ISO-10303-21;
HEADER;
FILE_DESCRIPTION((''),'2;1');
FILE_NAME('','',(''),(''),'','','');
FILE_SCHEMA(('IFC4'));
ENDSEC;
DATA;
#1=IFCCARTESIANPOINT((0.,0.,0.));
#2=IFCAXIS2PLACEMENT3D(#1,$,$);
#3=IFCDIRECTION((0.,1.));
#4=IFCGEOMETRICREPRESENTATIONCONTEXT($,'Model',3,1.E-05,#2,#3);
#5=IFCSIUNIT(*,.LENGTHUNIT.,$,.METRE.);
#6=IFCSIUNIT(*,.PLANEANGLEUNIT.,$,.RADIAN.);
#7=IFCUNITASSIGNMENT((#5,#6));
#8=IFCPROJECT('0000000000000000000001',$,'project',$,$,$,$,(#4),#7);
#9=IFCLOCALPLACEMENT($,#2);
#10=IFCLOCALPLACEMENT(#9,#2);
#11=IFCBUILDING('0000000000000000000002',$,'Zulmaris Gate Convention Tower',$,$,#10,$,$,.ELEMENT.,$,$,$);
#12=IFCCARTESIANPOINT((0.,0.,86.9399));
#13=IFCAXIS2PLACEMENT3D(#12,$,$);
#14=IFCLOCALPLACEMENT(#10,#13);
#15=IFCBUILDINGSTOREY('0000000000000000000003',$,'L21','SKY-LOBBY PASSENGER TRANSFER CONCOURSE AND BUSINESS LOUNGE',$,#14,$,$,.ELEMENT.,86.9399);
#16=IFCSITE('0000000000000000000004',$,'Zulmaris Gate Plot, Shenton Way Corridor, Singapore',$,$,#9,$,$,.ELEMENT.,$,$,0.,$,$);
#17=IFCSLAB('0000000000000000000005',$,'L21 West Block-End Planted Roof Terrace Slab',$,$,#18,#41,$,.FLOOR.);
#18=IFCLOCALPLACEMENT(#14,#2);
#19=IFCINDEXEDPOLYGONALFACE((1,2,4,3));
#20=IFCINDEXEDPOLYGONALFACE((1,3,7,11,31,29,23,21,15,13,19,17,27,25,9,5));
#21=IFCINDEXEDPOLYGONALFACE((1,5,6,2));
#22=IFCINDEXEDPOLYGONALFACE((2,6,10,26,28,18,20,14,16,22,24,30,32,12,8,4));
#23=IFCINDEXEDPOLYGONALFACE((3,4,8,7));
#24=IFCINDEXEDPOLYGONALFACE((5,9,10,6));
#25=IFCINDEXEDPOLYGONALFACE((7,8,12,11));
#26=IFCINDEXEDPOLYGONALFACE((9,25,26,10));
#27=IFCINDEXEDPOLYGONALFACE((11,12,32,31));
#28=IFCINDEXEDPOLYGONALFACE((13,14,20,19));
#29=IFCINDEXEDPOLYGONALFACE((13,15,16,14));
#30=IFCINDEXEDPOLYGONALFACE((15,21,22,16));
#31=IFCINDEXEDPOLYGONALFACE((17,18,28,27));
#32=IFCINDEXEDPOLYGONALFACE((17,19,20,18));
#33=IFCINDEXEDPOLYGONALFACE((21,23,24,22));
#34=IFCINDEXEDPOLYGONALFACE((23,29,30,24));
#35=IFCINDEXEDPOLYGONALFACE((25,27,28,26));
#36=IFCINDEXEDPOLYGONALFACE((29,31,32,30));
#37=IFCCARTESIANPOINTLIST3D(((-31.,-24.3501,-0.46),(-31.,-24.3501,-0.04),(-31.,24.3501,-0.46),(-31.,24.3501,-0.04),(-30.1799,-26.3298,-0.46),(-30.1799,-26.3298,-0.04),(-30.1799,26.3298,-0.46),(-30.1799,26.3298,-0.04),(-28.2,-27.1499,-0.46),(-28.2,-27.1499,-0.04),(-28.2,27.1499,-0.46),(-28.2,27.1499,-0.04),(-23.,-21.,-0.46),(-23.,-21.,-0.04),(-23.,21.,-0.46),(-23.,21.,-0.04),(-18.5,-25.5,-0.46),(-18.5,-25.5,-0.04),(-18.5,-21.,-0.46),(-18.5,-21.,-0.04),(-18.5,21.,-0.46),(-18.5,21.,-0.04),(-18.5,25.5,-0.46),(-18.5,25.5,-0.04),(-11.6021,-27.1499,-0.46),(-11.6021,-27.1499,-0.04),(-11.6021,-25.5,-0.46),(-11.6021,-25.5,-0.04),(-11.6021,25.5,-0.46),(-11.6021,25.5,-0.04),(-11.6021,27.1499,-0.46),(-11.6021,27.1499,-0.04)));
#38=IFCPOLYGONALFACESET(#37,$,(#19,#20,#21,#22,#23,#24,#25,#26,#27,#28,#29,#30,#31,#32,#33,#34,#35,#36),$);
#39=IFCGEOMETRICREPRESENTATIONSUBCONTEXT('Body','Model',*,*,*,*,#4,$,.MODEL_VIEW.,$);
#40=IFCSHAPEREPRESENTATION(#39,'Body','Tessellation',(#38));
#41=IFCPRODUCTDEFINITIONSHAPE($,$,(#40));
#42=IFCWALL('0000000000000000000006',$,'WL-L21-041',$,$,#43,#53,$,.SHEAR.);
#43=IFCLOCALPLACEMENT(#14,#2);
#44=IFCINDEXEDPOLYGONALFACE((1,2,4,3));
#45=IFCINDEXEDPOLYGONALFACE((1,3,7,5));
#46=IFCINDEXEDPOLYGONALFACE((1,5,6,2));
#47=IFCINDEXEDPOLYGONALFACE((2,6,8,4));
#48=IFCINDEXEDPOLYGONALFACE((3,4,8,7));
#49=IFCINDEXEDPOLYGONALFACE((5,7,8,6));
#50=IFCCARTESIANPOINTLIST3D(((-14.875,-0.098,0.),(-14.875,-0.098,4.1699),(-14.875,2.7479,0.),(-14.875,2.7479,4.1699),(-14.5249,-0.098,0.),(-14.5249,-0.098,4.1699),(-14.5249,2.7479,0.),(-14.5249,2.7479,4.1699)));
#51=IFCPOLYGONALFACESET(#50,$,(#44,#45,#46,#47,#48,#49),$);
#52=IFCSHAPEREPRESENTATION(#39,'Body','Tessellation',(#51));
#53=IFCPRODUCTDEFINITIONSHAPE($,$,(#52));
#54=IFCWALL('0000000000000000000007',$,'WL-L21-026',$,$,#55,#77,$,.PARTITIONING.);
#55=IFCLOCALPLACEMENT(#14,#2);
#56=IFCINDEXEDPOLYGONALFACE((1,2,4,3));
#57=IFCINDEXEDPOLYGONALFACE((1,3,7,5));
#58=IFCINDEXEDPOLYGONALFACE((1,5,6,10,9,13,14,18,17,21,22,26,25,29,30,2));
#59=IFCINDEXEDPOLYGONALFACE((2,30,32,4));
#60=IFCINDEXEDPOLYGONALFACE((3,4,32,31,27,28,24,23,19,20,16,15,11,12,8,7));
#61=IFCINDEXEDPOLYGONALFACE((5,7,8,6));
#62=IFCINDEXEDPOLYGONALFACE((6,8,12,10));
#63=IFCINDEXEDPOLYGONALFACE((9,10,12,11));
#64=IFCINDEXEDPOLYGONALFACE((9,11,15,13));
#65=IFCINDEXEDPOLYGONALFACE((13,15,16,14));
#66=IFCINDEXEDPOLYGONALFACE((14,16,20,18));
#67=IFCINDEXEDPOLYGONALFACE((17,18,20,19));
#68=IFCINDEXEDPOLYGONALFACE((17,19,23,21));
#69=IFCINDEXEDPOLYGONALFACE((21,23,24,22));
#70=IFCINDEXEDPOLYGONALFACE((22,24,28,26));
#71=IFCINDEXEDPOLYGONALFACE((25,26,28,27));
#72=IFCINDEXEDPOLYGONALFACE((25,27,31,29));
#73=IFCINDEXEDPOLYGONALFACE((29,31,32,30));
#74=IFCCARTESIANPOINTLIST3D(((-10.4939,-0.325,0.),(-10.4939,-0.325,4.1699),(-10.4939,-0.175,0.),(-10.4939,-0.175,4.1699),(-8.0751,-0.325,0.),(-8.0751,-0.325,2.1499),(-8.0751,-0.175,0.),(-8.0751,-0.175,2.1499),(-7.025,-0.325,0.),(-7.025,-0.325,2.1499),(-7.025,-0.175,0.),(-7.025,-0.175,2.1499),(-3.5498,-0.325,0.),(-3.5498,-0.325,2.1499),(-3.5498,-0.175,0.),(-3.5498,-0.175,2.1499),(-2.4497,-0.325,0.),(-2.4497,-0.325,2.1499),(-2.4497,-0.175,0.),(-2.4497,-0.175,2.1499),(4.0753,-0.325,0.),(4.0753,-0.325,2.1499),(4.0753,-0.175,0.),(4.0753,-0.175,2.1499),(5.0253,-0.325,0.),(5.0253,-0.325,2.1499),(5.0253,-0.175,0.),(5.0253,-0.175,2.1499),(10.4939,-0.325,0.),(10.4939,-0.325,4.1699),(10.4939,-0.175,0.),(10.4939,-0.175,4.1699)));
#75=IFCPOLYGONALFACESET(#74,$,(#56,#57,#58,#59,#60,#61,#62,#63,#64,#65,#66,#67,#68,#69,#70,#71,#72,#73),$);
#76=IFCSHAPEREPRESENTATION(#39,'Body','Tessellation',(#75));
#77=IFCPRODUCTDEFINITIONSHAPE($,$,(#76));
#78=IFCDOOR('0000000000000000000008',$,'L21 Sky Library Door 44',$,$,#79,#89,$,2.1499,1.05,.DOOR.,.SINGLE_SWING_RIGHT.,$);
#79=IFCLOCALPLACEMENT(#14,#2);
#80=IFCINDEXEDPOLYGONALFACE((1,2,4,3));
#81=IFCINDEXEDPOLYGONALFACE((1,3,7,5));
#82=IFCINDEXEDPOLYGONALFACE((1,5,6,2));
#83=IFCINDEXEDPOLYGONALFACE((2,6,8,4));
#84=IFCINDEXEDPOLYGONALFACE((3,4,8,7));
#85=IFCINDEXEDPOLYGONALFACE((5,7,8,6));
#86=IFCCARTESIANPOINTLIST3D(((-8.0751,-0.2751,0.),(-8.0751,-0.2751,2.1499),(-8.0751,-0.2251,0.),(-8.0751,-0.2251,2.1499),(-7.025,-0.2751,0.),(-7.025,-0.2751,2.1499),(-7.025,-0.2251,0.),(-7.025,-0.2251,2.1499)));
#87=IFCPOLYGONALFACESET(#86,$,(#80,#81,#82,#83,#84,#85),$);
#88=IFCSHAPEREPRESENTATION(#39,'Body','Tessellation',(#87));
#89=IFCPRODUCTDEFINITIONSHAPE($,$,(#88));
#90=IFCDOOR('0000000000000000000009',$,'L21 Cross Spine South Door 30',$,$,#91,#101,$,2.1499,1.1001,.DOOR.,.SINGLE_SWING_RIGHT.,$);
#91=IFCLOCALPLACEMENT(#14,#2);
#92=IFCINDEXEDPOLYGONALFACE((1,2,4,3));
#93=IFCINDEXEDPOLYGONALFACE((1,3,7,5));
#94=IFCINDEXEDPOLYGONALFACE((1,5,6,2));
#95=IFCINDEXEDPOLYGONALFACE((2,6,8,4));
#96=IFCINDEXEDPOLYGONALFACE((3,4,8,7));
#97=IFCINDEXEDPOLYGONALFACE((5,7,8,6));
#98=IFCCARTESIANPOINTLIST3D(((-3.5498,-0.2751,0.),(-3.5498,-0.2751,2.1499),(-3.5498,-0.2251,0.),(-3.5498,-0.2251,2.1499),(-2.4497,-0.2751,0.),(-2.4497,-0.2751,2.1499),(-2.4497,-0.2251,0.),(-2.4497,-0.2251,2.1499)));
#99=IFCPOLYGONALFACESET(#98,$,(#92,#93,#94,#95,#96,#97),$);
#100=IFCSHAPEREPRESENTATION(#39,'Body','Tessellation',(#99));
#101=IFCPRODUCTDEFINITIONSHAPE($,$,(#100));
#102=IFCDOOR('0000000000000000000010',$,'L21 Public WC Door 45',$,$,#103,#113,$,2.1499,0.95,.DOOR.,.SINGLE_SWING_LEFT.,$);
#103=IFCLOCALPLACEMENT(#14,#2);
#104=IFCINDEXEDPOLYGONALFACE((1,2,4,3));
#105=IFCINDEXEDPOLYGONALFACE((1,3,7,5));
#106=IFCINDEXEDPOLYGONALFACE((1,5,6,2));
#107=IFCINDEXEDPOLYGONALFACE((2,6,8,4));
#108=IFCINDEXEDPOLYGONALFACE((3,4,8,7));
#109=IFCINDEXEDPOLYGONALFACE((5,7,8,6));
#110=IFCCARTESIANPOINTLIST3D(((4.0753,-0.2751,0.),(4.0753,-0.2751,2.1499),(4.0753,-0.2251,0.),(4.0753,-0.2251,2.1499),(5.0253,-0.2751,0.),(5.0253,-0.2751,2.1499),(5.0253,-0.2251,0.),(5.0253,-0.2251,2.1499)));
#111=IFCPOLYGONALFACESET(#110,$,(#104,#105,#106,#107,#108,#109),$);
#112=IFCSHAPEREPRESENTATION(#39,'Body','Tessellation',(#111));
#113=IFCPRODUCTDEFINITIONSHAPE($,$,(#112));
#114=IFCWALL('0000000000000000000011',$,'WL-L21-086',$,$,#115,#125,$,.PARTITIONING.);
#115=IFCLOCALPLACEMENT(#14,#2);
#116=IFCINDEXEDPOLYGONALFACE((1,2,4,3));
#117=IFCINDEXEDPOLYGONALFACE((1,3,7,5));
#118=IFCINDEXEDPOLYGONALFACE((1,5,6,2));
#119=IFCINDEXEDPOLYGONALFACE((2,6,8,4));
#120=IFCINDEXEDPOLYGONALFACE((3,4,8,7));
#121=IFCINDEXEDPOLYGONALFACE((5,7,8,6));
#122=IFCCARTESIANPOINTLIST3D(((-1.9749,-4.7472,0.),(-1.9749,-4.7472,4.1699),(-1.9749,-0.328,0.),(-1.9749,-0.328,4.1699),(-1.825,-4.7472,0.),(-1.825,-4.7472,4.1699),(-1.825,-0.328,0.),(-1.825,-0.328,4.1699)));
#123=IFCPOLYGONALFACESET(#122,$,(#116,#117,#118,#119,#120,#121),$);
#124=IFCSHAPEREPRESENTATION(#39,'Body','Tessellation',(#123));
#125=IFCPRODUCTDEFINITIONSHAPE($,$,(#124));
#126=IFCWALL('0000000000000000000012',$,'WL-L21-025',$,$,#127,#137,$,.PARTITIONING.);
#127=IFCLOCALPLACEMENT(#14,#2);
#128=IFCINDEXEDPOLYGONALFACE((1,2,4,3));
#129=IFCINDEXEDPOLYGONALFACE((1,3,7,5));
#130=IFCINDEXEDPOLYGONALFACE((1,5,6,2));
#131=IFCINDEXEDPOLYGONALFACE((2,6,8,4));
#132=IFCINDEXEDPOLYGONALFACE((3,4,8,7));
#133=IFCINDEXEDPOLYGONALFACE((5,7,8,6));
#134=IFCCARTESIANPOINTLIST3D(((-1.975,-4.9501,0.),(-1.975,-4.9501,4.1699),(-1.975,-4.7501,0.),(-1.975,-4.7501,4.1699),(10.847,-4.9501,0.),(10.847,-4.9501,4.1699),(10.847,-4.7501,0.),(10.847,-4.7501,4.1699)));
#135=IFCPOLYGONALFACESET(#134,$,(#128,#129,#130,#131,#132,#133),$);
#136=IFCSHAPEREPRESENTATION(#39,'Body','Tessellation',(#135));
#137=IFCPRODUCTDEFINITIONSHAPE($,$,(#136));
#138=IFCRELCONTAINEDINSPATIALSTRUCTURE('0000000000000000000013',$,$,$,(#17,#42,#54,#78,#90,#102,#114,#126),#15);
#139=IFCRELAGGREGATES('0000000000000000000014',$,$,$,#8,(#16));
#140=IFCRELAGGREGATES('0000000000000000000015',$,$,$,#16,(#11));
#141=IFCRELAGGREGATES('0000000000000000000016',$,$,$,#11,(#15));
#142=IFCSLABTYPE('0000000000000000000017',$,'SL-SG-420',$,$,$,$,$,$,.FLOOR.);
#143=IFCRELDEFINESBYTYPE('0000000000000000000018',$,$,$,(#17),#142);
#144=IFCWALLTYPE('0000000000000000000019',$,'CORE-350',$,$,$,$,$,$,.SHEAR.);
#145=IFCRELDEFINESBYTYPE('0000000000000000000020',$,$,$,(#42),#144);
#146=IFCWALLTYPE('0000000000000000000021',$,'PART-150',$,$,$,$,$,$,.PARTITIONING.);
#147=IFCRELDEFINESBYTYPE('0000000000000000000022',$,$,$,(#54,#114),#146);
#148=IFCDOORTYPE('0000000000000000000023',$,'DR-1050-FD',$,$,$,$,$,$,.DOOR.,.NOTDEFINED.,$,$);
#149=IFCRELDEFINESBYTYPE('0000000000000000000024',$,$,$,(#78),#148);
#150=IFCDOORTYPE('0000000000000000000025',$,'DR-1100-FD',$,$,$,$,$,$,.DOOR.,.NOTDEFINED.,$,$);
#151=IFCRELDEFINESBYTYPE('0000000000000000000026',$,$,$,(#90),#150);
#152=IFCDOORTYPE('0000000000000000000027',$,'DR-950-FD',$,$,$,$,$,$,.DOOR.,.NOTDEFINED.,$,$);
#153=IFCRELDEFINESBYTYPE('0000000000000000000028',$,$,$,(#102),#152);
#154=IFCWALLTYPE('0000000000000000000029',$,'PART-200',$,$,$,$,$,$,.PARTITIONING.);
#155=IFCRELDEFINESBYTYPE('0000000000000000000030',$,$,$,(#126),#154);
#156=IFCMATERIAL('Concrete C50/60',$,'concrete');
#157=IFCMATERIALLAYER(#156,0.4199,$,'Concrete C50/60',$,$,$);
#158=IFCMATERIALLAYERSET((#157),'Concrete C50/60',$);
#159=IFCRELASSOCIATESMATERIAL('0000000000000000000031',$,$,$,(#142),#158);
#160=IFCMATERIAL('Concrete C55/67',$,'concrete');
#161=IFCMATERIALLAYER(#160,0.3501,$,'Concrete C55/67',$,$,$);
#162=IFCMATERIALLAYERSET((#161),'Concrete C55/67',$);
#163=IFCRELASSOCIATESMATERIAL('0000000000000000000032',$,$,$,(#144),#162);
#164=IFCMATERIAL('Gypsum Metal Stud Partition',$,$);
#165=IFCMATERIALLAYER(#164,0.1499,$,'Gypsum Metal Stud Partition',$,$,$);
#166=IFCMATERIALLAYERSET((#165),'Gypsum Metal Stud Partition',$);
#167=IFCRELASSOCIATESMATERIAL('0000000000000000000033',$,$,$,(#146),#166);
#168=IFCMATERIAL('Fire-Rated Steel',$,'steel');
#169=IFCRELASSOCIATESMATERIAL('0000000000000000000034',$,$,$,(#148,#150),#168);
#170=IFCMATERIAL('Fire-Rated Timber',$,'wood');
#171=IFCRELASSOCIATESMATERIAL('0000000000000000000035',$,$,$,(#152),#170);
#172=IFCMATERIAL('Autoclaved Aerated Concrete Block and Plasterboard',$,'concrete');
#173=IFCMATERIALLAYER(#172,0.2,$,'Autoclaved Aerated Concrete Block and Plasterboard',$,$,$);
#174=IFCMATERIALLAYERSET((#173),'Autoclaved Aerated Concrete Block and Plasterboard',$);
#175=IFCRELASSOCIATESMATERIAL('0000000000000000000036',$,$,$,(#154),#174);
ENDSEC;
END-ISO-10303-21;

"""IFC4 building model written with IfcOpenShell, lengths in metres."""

from ifc_helpers import new_model, si_unit, direction, frame, frame_2d, origin, place, context, subcontext, project, spatial, polyline, rectangle, outline, extrude, material, layer, layer_set, type_object, element, fill, save


model = new_model("IFC4")

# Units and contexts
model_context = context("Model", 3, precision=1e-05, world=origin(), true_north=direction((0.0, 1.0)))
body_context = subcontext(model_context, "Body", "Model", "MODEL_VIEW")
ifc_project = project(units=[si_unit("LENGTHUNIT", "METRE"), si_unit("PLANEANGLEUNIT", "RADIAN")], contexts=[model_context])

# Site, building, storey
site_placement = place(None, origin())
site = spatial("IfcSite", under=ifc_project, at=site_placement, Name="Zulmaris Gate Plot, Shenton Way Corridor, Singapore", CompositionType="ELEMENT", RefElevation=0.0)
building_placement = place(site_placement, origin())
building = spatial("IfcBuilding", under=site, at=building_placement, Name="Zulmaris Gate Convention Tower", CompositionType="ELEMENT")
storey_placement = place(building_placement, frame((0.0, 0.0, 86.9399)))
storey = spatial("IfcBuildingStorey", under=building, at=storey_placement, Name="L21", Description="SKY-LOBBY PASSENGER TRANSFER CONCOURSE AND BUSINESS LOUNGE", CompositionType="ELEMENT", Elevation=86.9399)

# Slab
ifc_material_1 = material(Name="Concrete C50/60", Category="concrete")
ifc_layer_1 = layer(ifc_material_1, 0.4199, Name="Concrete C50/60")
ifc_layer_set_1 = layer_set([ifc_layer_1], Name="Concrete C50/60")
slab_type_1 = type_object("IfcSlabType", Name="SL-SG-420", PredefinedType="FLOOR", material=ifc_layer_set_1)
slab_1_placement = place(storey_placement, frame((0.0, 0.0, -0.46)))
element("IfcSlab", 1, at=slab_1_placement, inside=storey, type_object=slab_type_1, Name="L21 West Block-End Planted Roof Terrace Slab", PredefinedType="FLOOR", context=body_context, shape_type="SweptSolid", body=[
    extrude(outline(polyline([(-31.0, 24.3501), (-30.1799, 26.3298), (-28.2, 27.1499), (-11.6021, 27.1499), (-11.6021, 25.5), (-18.5, 25.5), (-18.5, 21.0), (-23.0, 21.0), (-23.0, -21.0), (-18.5, -21.0), (-18.5, -25.5), (-11.6021, -25.5), (-11.6021, -27.1499), (-28.2, -27.1499), (-30.1799, -26.3298), (-31.0, -24.3501), (-31.0, 24.3501)])), origin(), (0.0, 0.0, 1.0), 0.4199),
])

# Wall
ifc_material_2 = material(Name="Concrete C55/67", Category="concrete")
ifc_layer_2 = layer(ifc_material_2, 0.3501, Name="Concrete C55/67")
ifc_layer_set_2 = layer_set([ifc_layer_2], Name="Concrete C55/67")
wall_type_1 = type_object("IfcWallType", Name="CORE-350", PredefinedType="SHEAR", material=ifc_layer_set_2)
wall_1_placement = place(storey_placement, frame((-14.7, -0.0979, 0.0), z_axis=(0.0, 0.0, 1.0), x_axis=(0.0, 1.0, 0.0)))
element("IfcWall", 2, at=wall_1_placement, inside=storey, type_object=wall_type_1, Name="WL-L21-041", PredefinedType="SHEAR", context=body_context, shape_type="SweptSolid", body=[
    extrude(rectangle(XDim=2.8459, YDim=0.3501, at=frame_2d((1.4229, 0.0))), origin(), (0.0, 0.0, 1.0), 4.1699),
])

# Wall, openings, doors
ifc_material_3 = material(Name="Gypsum Metal Stud Partition")
ifc_layer_3 = layer(ifc_material_3, 0.1499, Name="Gypsum Metal Stud Partition")
ifc_layer_set_3 = layer_set([ifc_layer_3], Name="Gypsum Metal Stud Partition")
wall_type_2 = type_object("IfcWallType", Name="PART-150", PredefinedType="PARTITIONING", material=ifc_layer_set_3)
wall_2_placement = place(storey_placement, frame((-10.4939, -0.25, 0.0), z_axis=(0.0, 0.0, 1.0), x_axis=(1.0, 0.0, 0.0)))
wall_2 = element("IfcWall", 3, at=wall_2_placement, inside=storey, type_object=wall_type_2, Name="WL-L21-026", PredefinedType="PARTITIONING", context=body_context, shape_type="SweptSolid", body=[
    extrude(rectangle(XDim=20.9878, YDim=0.1499, at=frame_2d((10.4939, 0.0))), origin(), (0.0, 0.0, 1.0), 4.1699),
])
opening_1_placement = place(wall_2_placement, frame((6.9441, 0.0, 0.0)))
opening_1 = element("IfcOpeningElement", 4, at=opening_1_placement, cuts=wall_2, PredefinedType="OPENING", context=body_context, shape_type="SweptSolid", body=[
    extrude(rectangle(XDim=1.1001, YDim=2.1499, at=frame_2d((0.55, 1.075))), frame((0.0, 0.085, 0.0), z_axis=(0.0, -1.0, 0.0), x_axis=(1.0, 0.0, 0.0)), (0.0, 0.0, 1.0), 0.1699),
])
opening_2_placement = place(wall_2_placement, frame((2.4189, 0.0, 0.0)))
opening_2 = element("IfcOpeningElement", 5, at=opening_2_placement, cuts=wall_2, PredefinedType="OPENING", context=body_context, shape_type="SweptSolid", body=[
    extrude(rectangle(XDim=1.05, YDim=2.1499, at=frame_2d((0.5249, 1.075))), frame((0.0, 0.085, 0.0), z_axis=(0.0, -1.0, 0.0), x_axis=(1.0, 0.0, 0.0)), (0.0, 0.0, 1.0), 0.1699),
])
opening_3_placement = place(wall_2_placement, frame((14.5691, 0.0, 0.0)))
opening_3 = element("IfcOpeningElement", 6, at=opening_3_placement, cuts=wall_2, PredefinedType="OPENING", context=body_context, shape_type="SweptSolid", body=[
    extrude(rectangle(XDim=0.95, YDim=2.1499, at=frame_2d((0.4751, 1.075))), frame((0.0, 0.085, 0.0), z_axis=(0.0, -1.0, 0.0), x_axis=(1.0, 0.0, 0.0)), (0.0, 0.0, 1.0), 0.1699),
])
ifc_material_4 = material(Name="Fire-Rated Steel", Category="steel")
door_type_1 = type_object("IfcDoorType", Name="DR-1050-FD", OperationType="NOTDEFINED", PredefinedType="DOOR", material=ifc_material_4)
door_1_placement = place(opening_2_placement, origin())
door_1 = element("IfcDoor", 7, at=door_1_placement, inside=storey, type_object=door_type_1, Name="L21 Sky Library Door 44", OperationType="SINGLE_SWING_RIGHT", OverallHeight=2.1499, OverallWidth=1.05, PredefinedType="DOOR", context=body_context, shape_type="SweptSolid", body=[
    extrude(rectangle(XDim=1.05, YDim=2.1499, at=frame_2d((0.5249, 1.075))), frame((0.0, 0.0249, 0.0), z_axis=(0.0, -1.0, 0.0), x_axis=(1.0, 0.0, 0.0)), (0.0, 0.0, 1.0), 0.05),
])
fill(opening_2, door_1)
door_type_2 = type_object("IfcDoorType", Name="DR-1100-FD", OperationType="NOTDEFINED", PredefinedType="DOOR", material=ifc_material_4)
door_2_placement = place(opening_1_placement, origin())
door_2 = element("IfcDoor", 8, at=door_2_placement, inside=storey, type_object=door_type_2, Name="L21 Cross Spine South Door 30", OperationType="SINGLE_SWING_RIGHT", OverallHeight=2.1499, OverallWidth=1.1001, PredefinedType="DOOR", context=body_context, shape_type="SweptSolid", body=[
    extrude(rectangle(XDim=1.1001, YDim=2.1499, at=frame_2d((0.55, 1.075))), frame((0.0, 0.0249, 0.0), z_axis=(0.0, -1.0, 0.0), x_axis=(1.0, 0.0, 0.0)), (0.0, 0.0, 1.0), 0.05),
])
fill(opening_1, door_2)
ifc_material_5 = material(Name="Fire-Rated Timber", Category="wood")
door_type_3 = type_object("IfcDoorType", Name="DR-950-FD", OperationType="NOTDEFINED", PredefinedType="DOOR", material=ifc_material_5)
door_3_placement = place(opening_3_placement, origin())
door_3 = element("IfcDoor", 9, at=door_3_placement, inside=storey, type_object=door_type_3, Name="L21 Public WC Door 45", OperationType="SINGLE_SWING_LEFT", OverallHeight=2.1499, OverallWidth=0.95, PredefinedType="DOOR", context=body_context, shape_type="SweptSolid", body=[
    extrude(rectangle(XDim=0.95, YDim=2.1499, at=frame_2d((0.4751, 1.075))), frame((0.0, 0.0249, 0.0), z_axis=(0.0, -1.0, 0.0), x_axis=(1.0, 0.0, 0.0)), (0.0, 0.0, 1.0), 0.05),
])
fill(opening_3, door_3)

# Walls
wall_3_placement = place(storey_placement, frame((-1.8999, -4.7471, 0.0), z_axis=(0.0, 0.0, 1.0), x_axis=(0.0, 1.0, 0.0)))
element("IfcWall", 10, at=wall_3_placement, inside=storey, type_object=wall_type_2, Name="WL-L21-086", PredefinedType="PARTITIONING", context=body_context, shape_type="SweptSolid", body=[
    extrude(rectangle(XDim=4.4192, YDim=0.1499, at=frame_2d((2.2095, 0.0))), origin(), (0.0, 0.0, 1.0), 4.1699),
])
ifc_material_6 = material(Name="Autoclaved Aerated Concrete Block and Plasterboard", Category="concrete")
ifc_layer_4 = layer(ifc_material_6, 0.2, Name="Autoclaved Aerated Concrete Block and Plasterboard")
ifc_layer_set_4 = layer_set([ifc_layer_4], Name="Autoclaved Aerated Concrete Block and Plasterboard")
wall_type_3 = type_object("IfcWallType", Name="PART-200", PredefinedType="PARTITIONING", material=ifc_layer_set_4)
wall_4_placement = place(storey_placement, frame((-1.9751, -4.8501, 0.0), z_axis=(0.0, 0.0, 1.0), x_axis=(1.0, 0.0, 0.0)))
element("IfcWall", 11, at=wall_4_placement, inside=storey, type_object=wall_type_3, Name="WL-L21-025", PredefinedType="PARTITIONING", context=body_context, shape_type="SweptSolid", body=[
    extrude(rectangle(XDim=12.822, YDim=0.2, at=frame_2d((6.4111, 0.0))), origin(), (0.0, 0.0, 1.0), 4.1699),
])

save(model, "model.ifc")
